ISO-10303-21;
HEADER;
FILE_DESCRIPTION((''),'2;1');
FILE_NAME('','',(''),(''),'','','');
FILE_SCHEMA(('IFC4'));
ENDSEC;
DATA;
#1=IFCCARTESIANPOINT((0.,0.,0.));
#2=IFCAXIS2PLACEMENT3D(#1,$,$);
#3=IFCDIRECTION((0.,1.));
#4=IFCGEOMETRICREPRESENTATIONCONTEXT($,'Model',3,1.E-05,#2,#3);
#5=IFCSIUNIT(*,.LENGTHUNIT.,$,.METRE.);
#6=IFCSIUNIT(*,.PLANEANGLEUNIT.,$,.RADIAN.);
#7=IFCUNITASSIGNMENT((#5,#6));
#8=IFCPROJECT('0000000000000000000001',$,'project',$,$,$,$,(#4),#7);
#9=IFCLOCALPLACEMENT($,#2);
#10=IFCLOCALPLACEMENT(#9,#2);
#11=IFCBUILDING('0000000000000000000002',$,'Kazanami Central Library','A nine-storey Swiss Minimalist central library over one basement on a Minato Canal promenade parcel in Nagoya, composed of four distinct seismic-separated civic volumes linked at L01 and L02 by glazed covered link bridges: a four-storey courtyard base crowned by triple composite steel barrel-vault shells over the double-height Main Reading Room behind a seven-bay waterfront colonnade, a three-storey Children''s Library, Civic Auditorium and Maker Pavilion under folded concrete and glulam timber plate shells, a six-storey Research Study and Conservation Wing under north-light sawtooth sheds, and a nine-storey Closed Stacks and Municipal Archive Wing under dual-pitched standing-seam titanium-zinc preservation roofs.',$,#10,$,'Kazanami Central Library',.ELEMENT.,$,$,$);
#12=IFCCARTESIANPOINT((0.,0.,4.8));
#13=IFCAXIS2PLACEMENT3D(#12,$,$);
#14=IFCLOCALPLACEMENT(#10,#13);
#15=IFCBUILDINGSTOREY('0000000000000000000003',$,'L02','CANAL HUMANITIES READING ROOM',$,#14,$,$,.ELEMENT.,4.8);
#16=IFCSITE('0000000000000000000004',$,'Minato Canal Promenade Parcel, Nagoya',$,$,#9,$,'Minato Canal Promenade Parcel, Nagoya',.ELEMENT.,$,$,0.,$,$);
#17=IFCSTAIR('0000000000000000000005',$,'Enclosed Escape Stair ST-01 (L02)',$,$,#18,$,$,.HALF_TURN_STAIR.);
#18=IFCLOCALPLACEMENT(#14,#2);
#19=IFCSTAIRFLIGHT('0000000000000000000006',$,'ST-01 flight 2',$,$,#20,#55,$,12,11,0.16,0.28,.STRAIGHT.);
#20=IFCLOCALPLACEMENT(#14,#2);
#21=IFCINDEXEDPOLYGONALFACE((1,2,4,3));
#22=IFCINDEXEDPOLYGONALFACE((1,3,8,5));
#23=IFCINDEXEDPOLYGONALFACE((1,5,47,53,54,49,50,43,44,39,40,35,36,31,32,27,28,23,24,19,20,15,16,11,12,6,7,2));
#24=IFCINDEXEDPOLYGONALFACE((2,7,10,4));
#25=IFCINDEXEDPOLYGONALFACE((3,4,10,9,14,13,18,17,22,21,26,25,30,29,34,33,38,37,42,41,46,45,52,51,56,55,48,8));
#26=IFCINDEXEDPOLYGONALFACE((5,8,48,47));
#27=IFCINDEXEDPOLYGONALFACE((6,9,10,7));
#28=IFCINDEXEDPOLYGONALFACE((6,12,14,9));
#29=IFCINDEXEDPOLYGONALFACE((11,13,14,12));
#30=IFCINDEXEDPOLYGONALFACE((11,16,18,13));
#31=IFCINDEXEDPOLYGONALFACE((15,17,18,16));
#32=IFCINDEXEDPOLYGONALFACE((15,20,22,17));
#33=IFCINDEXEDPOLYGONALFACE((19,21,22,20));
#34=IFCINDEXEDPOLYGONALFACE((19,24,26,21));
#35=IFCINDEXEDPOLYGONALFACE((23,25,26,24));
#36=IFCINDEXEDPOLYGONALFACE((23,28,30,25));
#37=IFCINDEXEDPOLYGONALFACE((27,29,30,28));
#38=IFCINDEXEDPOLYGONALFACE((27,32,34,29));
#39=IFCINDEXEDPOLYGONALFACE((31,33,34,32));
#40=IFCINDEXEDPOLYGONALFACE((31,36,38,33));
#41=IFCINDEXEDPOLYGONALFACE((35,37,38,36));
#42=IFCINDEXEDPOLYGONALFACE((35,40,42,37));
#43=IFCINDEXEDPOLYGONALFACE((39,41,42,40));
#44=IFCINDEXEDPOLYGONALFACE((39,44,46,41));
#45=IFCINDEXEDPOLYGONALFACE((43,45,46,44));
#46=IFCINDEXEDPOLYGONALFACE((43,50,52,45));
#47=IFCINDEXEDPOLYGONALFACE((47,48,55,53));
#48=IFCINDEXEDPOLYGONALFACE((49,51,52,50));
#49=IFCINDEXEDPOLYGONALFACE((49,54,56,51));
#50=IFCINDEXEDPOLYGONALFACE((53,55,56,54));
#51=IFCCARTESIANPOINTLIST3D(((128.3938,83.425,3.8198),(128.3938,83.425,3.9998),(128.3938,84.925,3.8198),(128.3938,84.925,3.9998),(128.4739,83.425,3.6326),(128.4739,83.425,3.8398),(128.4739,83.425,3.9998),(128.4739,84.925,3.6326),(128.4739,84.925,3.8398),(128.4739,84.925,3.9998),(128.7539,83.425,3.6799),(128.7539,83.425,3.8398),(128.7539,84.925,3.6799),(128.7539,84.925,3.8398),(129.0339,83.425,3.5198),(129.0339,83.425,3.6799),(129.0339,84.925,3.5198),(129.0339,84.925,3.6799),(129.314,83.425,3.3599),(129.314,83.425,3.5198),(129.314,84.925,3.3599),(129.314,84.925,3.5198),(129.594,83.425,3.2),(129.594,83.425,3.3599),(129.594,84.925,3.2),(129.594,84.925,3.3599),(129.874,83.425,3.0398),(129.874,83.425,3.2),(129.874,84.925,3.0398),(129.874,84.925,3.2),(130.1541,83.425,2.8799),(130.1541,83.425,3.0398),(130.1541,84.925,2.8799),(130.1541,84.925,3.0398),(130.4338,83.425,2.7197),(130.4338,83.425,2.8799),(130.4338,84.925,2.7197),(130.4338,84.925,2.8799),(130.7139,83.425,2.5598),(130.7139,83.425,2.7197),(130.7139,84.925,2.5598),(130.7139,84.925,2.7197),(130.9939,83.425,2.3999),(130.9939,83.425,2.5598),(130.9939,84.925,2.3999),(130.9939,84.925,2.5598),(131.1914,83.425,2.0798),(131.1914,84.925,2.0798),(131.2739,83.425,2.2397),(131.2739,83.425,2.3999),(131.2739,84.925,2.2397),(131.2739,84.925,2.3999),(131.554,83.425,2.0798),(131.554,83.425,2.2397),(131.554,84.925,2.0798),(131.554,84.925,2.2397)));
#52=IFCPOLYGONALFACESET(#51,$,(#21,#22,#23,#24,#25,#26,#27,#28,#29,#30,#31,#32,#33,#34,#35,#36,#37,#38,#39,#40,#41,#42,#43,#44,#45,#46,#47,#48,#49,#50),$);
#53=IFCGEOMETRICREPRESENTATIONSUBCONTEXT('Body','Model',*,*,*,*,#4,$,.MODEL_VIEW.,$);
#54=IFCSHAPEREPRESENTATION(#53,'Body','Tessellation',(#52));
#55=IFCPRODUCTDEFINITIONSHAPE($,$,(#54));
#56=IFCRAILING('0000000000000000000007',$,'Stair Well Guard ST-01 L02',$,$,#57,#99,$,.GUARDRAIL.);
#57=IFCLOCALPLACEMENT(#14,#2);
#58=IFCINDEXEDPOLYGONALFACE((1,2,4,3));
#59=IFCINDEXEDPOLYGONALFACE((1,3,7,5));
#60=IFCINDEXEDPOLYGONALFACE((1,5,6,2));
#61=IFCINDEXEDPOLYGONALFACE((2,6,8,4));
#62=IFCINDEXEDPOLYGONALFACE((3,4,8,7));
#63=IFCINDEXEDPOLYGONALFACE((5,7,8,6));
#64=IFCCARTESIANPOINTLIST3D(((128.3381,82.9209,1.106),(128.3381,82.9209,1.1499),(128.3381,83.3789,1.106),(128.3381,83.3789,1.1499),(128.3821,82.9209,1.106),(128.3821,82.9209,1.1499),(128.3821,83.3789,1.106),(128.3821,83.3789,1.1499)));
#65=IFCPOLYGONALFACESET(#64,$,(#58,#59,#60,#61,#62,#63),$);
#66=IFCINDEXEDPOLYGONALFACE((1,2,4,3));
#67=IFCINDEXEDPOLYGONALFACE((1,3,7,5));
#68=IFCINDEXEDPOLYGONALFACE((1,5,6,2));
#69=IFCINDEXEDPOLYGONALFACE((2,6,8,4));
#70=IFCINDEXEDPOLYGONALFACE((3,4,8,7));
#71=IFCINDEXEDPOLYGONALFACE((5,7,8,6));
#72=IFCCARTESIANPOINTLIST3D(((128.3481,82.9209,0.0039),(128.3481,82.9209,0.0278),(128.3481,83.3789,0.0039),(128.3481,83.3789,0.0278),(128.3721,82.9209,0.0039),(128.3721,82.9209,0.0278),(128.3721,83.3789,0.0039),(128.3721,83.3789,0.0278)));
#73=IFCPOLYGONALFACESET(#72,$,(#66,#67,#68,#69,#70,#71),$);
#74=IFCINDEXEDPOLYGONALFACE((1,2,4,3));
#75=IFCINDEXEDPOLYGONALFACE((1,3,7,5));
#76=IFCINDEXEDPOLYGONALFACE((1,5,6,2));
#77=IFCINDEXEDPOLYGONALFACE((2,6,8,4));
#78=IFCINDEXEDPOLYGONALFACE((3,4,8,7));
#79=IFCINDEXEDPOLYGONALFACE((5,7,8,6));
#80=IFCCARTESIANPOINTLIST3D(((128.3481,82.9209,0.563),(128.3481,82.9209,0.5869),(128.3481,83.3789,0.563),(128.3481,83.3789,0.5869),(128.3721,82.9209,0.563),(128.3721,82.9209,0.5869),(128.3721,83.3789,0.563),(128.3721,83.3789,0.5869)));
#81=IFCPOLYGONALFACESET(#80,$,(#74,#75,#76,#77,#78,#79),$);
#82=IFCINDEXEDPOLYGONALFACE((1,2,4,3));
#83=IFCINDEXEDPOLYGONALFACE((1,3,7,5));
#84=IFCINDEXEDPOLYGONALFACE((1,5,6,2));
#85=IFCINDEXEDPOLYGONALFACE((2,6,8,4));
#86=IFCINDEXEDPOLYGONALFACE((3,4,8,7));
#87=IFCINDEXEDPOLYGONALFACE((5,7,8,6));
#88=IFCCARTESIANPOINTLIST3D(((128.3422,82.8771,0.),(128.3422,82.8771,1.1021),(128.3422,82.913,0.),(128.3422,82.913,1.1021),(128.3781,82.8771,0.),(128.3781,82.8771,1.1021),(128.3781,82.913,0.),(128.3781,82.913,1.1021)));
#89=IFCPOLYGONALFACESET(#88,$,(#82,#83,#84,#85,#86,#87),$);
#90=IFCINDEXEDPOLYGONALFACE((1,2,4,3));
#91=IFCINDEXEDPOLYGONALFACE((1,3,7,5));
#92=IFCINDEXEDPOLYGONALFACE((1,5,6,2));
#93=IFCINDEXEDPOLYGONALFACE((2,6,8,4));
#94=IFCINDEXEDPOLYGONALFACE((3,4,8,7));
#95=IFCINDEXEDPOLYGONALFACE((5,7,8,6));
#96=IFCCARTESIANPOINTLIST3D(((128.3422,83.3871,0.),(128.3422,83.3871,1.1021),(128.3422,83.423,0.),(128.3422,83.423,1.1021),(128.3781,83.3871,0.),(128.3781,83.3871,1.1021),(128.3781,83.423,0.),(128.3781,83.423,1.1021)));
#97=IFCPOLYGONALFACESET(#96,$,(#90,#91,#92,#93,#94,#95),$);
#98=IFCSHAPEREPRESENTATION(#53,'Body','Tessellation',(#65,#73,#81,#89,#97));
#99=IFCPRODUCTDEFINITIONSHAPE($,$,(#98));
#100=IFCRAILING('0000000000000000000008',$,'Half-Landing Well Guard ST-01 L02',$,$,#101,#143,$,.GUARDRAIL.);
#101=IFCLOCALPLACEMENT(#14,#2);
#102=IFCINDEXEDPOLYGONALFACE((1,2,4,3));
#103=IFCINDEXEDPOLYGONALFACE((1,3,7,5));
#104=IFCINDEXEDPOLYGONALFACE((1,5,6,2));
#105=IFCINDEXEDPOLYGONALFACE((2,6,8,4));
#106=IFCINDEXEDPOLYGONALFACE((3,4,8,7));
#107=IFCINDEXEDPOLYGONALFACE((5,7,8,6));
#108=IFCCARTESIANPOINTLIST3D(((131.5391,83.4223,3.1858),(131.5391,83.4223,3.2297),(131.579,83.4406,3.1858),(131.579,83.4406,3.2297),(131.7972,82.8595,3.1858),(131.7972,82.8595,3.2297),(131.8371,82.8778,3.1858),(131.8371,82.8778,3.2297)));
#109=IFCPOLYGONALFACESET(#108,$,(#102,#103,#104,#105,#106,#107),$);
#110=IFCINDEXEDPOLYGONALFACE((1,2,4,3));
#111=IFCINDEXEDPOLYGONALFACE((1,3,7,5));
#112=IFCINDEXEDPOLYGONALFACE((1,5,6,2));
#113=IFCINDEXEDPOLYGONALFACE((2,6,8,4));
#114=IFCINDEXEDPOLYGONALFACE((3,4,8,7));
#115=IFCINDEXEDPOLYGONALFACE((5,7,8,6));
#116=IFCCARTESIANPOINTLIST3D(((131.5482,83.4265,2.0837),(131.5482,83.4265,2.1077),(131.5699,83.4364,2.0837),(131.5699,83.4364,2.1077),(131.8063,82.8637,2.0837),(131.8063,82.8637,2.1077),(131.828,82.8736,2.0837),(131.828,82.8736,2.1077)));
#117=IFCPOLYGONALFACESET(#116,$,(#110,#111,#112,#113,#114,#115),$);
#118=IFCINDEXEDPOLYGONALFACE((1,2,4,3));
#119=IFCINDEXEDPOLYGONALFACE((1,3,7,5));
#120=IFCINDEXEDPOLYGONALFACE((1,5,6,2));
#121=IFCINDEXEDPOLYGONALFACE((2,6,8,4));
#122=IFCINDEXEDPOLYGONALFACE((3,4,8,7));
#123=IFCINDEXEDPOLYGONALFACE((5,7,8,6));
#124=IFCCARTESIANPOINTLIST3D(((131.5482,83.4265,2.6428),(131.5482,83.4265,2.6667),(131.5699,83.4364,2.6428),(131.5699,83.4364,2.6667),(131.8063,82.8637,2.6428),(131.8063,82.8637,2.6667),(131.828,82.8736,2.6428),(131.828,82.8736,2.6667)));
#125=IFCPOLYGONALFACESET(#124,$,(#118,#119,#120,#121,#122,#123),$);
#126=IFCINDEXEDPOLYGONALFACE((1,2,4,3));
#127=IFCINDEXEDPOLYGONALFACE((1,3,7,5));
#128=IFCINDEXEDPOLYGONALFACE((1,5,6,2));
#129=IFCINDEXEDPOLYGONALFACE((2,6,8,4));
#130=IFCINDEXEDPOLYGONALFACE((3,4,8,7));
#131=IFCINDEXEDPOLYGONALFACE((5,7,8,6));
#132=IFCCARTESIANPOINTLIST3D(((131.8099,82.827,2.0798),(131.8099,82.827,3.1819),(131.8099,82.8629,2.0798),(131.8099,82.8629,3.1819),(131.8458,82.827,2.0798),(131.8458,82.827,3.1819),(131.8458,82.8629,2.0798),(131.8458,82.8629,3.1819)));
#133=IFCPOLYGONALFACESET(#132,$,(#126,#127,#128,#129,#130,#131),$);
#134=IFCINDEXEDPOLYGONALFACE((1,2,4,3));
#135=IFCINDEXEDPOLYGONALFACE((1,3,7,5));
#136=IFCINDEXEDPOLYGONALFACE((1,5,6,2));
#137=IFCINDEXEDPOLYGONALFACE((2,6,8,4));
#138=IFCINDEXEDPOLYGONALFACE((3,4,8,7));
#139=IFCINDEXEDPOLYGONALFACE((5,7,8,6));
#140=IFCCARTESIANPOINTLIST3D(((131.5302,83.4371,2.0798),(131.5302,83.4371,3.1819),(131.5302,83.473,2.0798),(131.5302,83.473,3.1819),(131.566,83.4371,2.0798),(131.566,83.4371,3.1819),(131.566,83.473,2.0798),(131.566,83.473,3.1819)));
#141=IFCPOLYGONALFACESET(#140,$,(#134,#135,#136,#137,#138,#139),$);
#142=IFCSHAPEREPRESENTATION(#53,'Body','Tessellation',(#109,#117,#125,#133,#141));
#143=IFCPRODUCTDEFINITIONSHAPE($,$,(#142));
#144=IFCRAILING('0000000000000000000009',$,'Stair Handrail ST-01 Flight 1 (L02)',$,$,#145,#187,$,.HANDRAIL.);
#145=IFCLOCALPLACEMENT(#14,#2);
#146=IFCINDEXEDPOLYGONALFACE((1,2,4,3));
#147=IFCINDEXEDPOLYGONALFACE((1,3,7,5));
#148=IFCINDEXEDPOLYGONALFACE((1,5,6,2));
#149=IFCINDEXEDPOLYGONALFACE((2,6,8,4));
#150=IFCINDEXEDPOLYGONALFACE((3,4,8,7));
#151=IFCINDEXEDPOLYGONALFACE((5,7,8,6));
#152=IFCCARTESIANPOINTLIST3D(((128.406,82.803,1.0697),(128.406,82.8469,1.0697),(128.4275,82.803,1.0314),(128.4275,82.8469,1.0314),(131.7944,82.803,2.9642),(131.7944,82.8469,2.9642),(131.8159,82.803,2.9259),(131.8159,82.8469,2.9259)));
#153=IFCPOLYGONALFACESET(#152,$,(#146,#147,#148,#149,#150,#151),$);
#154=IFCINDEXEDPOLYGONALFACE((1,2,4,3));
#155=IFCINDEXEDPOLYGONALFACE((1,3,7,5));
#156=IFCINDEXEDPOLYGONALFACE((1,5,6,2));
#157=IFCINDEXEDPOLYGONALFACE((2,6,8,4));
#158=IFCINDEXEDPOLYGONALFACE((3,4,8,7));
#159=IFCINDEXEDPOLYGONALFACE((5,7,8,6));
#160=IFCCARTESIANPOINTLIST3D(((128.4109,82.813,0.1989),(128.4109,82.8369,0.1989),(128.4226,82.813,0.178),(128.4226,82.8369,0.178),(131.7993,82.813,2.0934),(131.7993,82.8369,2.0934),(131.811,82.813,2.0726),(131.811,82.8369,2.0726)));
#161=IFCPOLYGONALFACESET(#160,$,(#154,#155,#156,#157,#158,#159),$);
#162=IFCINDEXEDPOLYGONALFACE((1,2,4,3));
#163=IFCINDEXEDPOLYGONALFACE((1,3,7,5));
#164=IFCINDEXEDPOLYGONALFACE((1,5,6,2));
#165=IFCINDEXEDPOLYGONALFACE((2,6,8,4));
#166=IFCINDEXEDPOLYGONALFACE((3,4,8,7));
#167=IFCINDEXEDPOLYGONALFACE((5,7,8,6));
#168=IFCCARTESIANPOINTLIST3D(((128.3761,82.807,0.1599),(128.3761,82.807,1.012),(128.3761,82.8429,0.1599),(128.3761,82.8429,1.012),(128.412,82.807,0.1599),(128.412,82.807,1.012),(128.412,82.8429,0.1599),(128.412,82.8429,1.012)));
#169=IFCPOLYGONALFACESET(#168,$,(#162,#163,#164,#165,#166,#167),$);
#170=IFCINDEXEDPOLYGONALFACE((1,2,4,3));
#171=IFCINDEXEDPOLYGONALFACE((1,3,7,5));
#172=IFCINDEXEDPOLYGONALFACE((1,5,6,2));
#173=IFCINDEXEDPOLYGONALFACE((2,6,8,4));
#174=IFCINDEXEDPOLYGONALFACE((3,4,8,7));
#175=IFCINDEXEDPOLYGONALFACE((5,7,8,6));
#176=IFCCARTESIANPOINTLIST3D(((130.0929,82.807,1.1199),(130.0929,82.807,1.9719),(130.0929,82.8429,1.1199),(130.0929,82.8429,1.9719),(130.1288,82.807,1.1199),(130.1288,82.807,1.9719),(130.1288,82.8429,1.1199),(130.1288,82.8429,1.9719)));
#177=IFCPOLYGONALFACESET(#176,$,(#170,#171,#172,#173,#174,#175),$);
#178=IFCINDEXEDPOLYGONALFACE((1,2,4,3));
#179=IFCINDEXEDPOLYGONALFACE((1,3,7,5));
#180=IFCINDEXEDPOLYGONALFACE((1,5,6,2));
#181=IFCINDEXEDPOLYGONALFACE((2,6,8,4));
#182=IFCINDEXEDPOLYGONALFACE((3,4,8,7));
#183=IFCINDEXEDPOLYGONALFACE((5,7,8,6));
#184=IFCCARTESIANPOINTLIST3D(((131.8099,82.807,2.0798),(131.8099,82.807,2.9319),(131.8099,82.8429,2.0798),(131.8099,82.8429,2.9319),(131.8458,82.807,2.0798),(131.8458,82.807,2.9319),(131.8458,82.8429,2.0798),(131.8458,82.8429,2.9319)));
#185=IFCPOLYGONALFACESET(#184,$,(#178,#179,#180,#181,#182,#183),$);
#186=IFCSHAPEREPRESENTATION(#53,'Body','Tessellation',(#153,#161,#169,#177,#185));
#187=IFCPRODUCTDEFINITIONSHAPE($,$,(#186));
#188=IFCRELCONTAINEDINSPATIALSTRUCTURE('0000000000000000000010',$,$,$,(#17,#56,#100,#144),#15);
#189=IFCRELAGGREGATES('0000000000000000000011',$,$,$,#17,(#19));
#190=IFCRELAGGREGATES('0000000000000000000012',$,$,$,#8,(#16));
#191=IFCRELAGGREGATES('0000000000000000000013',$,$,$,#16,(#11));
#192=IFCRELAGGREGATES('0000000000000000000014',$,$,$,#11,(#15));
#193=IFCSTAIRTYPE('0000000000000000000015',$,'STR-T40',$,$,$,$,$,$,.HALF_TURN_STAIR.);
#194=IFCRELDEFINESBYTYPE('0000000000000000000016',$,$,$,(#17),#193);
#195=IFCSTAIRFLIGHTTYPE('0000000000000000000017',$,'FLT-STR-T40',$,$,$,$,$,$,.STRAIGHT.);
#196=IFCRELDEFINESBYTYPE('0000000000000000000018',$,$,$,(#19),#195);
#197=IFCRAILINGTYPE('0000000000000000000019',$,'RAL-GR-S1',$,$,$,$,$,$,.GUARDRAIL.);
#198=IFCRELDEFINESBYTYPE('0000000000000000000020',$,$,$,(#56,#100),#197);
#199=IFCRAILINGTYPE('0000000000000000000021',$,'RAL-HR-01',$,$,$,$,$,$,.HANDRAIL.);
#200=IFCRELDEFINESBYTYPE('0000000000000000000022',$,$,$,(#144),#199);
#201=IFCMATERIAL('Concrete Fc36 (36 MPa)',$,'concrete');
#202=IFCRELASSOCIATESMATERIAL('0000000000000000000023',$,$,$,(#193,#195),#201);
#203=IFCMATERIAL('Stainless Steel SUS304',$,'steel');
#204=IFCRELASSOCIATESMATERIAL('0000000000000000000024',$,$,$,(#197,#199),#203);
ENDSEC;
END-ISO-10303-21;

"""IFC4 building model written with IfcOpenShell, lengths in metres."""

from ifc_helpers import new_model, si_unit, direction, frame, origin, origin_2d, place, context, subcontext, project, spatial, polyline, rectangle, outline, extrude, material, type_object, element, aggregate, save


model = new_model("IFC4")

# Units and contexts
model_context = context("Model", 3, precision=1e-05, world=origin(), true_north=direction((0.0, 1.0)))
body_context = subcontext(model_context, "Body", "Model", "MODEL_VIEW")
ifc_project = project(units=[si_unit("LENGTHUNIT", "METRE"), si_unit("PLANEANGLEUNIT", "RADIAN")], contexts=[model_context])

# Site, building, storey
site_placement = place(None, origin())
site = spatial("IfcSite", under=ifc_project, at=site_placement, Name="Minato Canal Promenade Parcel, Nagoya", LongName="Minato Canal Promenade Parcel, Nagoya", CompositionType="ELEMENT", RefElevation=0.0)
building_placement = place(site_placement, origin())
building = spatial("IfcBuilding", under=site, at=building_placement, Name="Kazanami Central Library", Description="A nine-storey Swiss Minimalist central library over one basement on a Minato Canal promenade parcel in Nagoya, composed of four distinct seismic-separated civic volumes linked at L01 and L02 by glazed covered link bridges: a four-storey courtyard base crowned by triple composite steel barrel-vault shells over the double-height Main Reading Room behind a seven-bay waterfront colonnade, a three-storey Children's Library, Civic Auditorium and Maker Pavilion under folded concrete and glulam timber plate shells, a six-storey Research Study and Conservation Wing under north-light sawtooth sheds, and a nine-storey Closed Stacks and Municipal Archive Wing under dual-pitched standing-seam titanium-zinc preservation roofs.", LongName="Kazanami Central Library", CompositionType="ELEMENT")
storey_placement = place(building_placement, frame((0.0, 0.0, 4.8)))
storey = spatial("IfcBuildingStorey", under=building, at=storey_placement, Name="L02", Description="CANAL HUMANITIES READING ROOM", CompositionType="ELEMENT", Elevation=4.8)

# Shared definitions
ifc_material_1 = material(Name="Concrete Fc36 (36 MPa)", Category="concrete")

# Stair, stair flight
stair_type = type_object("IfcStairType", Name="STR-T40", PredefinedType="HALF_TURN_STAIR", material=ifc_material_1)
stair_placement = place(storey_placement, origin())
stair = element("IfcStair", 1, at=stair_placement, inside=storey, type_object=stair_type, Name="Enclosed Escape Stair ST-01 (L02)", PredefinedType="HALF_TURN_STAIR")
stair_flight_type = type_object("IfcStairFlightType", Name="FLT-STR-T40", PredefinedType="STRAIGHT", material=ifc_material_1)
stair_flight_1_placement = place(storey_placement, frame((131.554, 84.175, 2.0798), z_axis=(0.0, 0.0, 1.0), x_axis=(-1.0, 0.0, 0.0)))
stair_flight_1 = element("IfcStairFlight", 2, at=stair_flight_1_placement, type_object=stair_flight_type, Name="ST-01 flight 2", NumberOfRisers=12, NumberOfTreads=11, PredefinedType="STRAIGHT", RiserHeight=0.16, TreadLength=0.28, context=body_context, shape_type="SweptSolid", body=[
    extrude(outline(polyline([(0.0, 0.0), (0.0, 0.1599), (0.28, 0.1599), (0.28, 0.3201), (0.5601, 0.3201), (0.5601, 0.48), (0.8401, 0.48), (0.8401, 0.6399), (1.1201, 0.6399), (1.1201, 0.8), (1.3999, 0.8), (1.3999, 0.96), (1.6799, 0.96), (1.6799, 1.1201), (1.96, 1.1201), (1.96, 1.28), (2.24, 1.28), (2.24, 1.4399), (2.52, 1.4399), (2.52, 1.6001), (2.8, 1.6001), (2.8, 1.76), (3.0801, 1.76), (3.0801, 1.9199), (3.1602, 1.9199), (3.1602, 1.74), (3.0801, 1.5527), (0.3625, 0.0), (0.0, 0.0)])), frame((0.0, 0.75, 0.0), z_axis=(0.0, -1.0, 0.0), x_axis=(1.0, 0.0, 0.0)), (0.0, 0.0, 1.0), 1.5),
])
aggregate(stair, [stair_flight_1])

# Railings
ifc_material_2 = material(Name="Stainless Steel SUS304", Category="steel")
railing_type_1 = type_object("IfcRailingType", Name="RAL-GR-S1", PredefinedType="GUARDRAIL", material=ifc_material_2)
railing_1_placement = place(storey_placement, frame((128.3601, 82.895, 0.0)))
element("IfcRailing", 3, at=railing_1_placement, inside=storey, type_object=railing_type_1, Name="Stair Well Guard ST-01 L02", PredefinedType="GUARDRAIL", context=body_context, shape_type="SweptSolid", body=[
    extrude(rectangle(XDim=0.0439, YDim=0.0439, at=origin_2d()), frame((0.0, 0.0259, 1.1279), z_axis=(0.0, 1.0, 0.0), x_axis=(-1.0, 0.0, 0.0)), (0.0, 0.0, 1.0), 0.458),
    extrude(rectangle(XDim=0.0239, YDim=0.0239, at=origin_2d()), frame((0.0, 0.0259, 0.0159), z_axis=(0.0, 1.0, 0.0), x_axis=(-1.0, 0.0, 0.0)), (0.0, 0.0, 1.0), 0.458),
    extrude(rectangle(XDim=0.0239, YDim=0.0239, at=origin_2d()), frame((0.0, 0.0259, 0.575), z_axis=(0.0, 1.0, 0.0), x_axis=(-1.0, 0.0, 0.0)), (0.0, 0.0, 1.0), 0.458),
    extrude(rectangle(XDim=0.0359, YDim=0.0359, at=origin_2d()), origin(), (0.0, 0.0, 1.0), 1.1021),
    extrude(rectangle(XDim=0.0359, YDim=0.0359, at=origin_2d()), frame((0.0, 0.51, 0.0)), (0.0, 0.0, 1.0), 1.1021),
])
railing_2_placement = place(storey_placement, frame((131.8279, 82.845, 2.0798)))
element("IfcRailing", 4, at=railing_2_placement, inside=storey, type_object=railing_type_1, Name="Half-Landing Well Guard ST-01 L02", PredefinedType="GUARDRAIL", context=body_context, shape_type="SweptSolid", body=[
    extrude(rectangle(XDim=0.0439, YDim=0.0439, at=origin_2d()), frame((-0.0107, 0.0237, 1.1279), z_axis=(-0.416843, 0.908979, 0.0), x_axis=(-0.908979, -0.416843, 0.0)), (0.0, 0.0, 1.0), 0.6191),
    extrude(rectangle(XDim=0.0239, YDim=0.0239, at=origin_2d()), frame((-0.0107, 0.0237, 0.0159), z_axis=(-0.416843, 0.908979, 0.0), x_axis=(-0.908979, -0.416843, 0.0)), (0.0, 0.0, 1.0), 0.6191),
    extrude(rectangle(XDim=0.0239, YDim=0.0239, at=origin_2d()), frame((-0.0107, 0.0237, 0.575), z_axis=(-0.416843, 0.908979, 0.0), x_axis=(-0.908979, -0.416843, 0.0)), (0.0, 0.0, 1.0), 0.6191),
    extrude(rectangle(XDim=0.0359, YDim=0.0359, at=origin_2d()), origin(), (0.0, 0.0, 1.0), 1.1021),
    extrude(rectangle(XDim=0.0359, YDim=0.0359, at=origin_2d()), frame((-0.2798, 0.6101, 0.0)), (0.0, 0.0, 1.0), 1.1021),
])
railing_type_2 = type_object("IfcRailingType", Name="RAL-HR-01", PredefinedType="HANDRAIL", material=ifc_material_2)
railing_3_placement = place(storey_placement, frame((128.394, 82.825, 0.1599)))
element("IfcRailing", 5, at=railing_3_placement, inside=storey, type_object=railing_type_2, Name="Stair Handrail ST-01 Flight 1 (L02)", PredefinedType="HANDRAIL", context=body_context, shape_type="SweptSolid", body=[
    extrude(rectangle(XDim=0.0439, YDim=0.0439, at=origin_2d()), frame((0.0227, 0.0, 0.8906), z_axis=(0.872834, 0.0, 0.488017), x_axis=(0.0, 1.0, 0.0)), (0.0, 0.0, 1.0), 3.8821),
    extrude(rectangle(XDim=0.0239, YDim=0.0239, at=origin_2d()), frame((0.0227, 0.0, 0.0286), z_axis=(0.872834, 0.0, 0.488017), x_axis=(0.0, 1.0, 0.0)), (0.0, 0.0, 1.0), 3.8821),
    extrude(rectangle(XDim=0.0359, YDim=0.0359, at=origin_2d()), origin(), (0.0, 0.0, 1.0), 0.8521),
    extrude(rectangle(XDim=0.0359, YDim=0.0359, at=origin_2d()), frame((1.7168, 0.0, 0.96)), (0.0, 0.0, 1.0), 0.8521),
    extrude(rectangle(XDim=0.0359, YDim=0.0359, at=origin_2d()), frame((3.4338, 0.0, 1.9199)), (0.0, 0.0, 1.0), 0.8521),
])

save(model, "model.ifc")
